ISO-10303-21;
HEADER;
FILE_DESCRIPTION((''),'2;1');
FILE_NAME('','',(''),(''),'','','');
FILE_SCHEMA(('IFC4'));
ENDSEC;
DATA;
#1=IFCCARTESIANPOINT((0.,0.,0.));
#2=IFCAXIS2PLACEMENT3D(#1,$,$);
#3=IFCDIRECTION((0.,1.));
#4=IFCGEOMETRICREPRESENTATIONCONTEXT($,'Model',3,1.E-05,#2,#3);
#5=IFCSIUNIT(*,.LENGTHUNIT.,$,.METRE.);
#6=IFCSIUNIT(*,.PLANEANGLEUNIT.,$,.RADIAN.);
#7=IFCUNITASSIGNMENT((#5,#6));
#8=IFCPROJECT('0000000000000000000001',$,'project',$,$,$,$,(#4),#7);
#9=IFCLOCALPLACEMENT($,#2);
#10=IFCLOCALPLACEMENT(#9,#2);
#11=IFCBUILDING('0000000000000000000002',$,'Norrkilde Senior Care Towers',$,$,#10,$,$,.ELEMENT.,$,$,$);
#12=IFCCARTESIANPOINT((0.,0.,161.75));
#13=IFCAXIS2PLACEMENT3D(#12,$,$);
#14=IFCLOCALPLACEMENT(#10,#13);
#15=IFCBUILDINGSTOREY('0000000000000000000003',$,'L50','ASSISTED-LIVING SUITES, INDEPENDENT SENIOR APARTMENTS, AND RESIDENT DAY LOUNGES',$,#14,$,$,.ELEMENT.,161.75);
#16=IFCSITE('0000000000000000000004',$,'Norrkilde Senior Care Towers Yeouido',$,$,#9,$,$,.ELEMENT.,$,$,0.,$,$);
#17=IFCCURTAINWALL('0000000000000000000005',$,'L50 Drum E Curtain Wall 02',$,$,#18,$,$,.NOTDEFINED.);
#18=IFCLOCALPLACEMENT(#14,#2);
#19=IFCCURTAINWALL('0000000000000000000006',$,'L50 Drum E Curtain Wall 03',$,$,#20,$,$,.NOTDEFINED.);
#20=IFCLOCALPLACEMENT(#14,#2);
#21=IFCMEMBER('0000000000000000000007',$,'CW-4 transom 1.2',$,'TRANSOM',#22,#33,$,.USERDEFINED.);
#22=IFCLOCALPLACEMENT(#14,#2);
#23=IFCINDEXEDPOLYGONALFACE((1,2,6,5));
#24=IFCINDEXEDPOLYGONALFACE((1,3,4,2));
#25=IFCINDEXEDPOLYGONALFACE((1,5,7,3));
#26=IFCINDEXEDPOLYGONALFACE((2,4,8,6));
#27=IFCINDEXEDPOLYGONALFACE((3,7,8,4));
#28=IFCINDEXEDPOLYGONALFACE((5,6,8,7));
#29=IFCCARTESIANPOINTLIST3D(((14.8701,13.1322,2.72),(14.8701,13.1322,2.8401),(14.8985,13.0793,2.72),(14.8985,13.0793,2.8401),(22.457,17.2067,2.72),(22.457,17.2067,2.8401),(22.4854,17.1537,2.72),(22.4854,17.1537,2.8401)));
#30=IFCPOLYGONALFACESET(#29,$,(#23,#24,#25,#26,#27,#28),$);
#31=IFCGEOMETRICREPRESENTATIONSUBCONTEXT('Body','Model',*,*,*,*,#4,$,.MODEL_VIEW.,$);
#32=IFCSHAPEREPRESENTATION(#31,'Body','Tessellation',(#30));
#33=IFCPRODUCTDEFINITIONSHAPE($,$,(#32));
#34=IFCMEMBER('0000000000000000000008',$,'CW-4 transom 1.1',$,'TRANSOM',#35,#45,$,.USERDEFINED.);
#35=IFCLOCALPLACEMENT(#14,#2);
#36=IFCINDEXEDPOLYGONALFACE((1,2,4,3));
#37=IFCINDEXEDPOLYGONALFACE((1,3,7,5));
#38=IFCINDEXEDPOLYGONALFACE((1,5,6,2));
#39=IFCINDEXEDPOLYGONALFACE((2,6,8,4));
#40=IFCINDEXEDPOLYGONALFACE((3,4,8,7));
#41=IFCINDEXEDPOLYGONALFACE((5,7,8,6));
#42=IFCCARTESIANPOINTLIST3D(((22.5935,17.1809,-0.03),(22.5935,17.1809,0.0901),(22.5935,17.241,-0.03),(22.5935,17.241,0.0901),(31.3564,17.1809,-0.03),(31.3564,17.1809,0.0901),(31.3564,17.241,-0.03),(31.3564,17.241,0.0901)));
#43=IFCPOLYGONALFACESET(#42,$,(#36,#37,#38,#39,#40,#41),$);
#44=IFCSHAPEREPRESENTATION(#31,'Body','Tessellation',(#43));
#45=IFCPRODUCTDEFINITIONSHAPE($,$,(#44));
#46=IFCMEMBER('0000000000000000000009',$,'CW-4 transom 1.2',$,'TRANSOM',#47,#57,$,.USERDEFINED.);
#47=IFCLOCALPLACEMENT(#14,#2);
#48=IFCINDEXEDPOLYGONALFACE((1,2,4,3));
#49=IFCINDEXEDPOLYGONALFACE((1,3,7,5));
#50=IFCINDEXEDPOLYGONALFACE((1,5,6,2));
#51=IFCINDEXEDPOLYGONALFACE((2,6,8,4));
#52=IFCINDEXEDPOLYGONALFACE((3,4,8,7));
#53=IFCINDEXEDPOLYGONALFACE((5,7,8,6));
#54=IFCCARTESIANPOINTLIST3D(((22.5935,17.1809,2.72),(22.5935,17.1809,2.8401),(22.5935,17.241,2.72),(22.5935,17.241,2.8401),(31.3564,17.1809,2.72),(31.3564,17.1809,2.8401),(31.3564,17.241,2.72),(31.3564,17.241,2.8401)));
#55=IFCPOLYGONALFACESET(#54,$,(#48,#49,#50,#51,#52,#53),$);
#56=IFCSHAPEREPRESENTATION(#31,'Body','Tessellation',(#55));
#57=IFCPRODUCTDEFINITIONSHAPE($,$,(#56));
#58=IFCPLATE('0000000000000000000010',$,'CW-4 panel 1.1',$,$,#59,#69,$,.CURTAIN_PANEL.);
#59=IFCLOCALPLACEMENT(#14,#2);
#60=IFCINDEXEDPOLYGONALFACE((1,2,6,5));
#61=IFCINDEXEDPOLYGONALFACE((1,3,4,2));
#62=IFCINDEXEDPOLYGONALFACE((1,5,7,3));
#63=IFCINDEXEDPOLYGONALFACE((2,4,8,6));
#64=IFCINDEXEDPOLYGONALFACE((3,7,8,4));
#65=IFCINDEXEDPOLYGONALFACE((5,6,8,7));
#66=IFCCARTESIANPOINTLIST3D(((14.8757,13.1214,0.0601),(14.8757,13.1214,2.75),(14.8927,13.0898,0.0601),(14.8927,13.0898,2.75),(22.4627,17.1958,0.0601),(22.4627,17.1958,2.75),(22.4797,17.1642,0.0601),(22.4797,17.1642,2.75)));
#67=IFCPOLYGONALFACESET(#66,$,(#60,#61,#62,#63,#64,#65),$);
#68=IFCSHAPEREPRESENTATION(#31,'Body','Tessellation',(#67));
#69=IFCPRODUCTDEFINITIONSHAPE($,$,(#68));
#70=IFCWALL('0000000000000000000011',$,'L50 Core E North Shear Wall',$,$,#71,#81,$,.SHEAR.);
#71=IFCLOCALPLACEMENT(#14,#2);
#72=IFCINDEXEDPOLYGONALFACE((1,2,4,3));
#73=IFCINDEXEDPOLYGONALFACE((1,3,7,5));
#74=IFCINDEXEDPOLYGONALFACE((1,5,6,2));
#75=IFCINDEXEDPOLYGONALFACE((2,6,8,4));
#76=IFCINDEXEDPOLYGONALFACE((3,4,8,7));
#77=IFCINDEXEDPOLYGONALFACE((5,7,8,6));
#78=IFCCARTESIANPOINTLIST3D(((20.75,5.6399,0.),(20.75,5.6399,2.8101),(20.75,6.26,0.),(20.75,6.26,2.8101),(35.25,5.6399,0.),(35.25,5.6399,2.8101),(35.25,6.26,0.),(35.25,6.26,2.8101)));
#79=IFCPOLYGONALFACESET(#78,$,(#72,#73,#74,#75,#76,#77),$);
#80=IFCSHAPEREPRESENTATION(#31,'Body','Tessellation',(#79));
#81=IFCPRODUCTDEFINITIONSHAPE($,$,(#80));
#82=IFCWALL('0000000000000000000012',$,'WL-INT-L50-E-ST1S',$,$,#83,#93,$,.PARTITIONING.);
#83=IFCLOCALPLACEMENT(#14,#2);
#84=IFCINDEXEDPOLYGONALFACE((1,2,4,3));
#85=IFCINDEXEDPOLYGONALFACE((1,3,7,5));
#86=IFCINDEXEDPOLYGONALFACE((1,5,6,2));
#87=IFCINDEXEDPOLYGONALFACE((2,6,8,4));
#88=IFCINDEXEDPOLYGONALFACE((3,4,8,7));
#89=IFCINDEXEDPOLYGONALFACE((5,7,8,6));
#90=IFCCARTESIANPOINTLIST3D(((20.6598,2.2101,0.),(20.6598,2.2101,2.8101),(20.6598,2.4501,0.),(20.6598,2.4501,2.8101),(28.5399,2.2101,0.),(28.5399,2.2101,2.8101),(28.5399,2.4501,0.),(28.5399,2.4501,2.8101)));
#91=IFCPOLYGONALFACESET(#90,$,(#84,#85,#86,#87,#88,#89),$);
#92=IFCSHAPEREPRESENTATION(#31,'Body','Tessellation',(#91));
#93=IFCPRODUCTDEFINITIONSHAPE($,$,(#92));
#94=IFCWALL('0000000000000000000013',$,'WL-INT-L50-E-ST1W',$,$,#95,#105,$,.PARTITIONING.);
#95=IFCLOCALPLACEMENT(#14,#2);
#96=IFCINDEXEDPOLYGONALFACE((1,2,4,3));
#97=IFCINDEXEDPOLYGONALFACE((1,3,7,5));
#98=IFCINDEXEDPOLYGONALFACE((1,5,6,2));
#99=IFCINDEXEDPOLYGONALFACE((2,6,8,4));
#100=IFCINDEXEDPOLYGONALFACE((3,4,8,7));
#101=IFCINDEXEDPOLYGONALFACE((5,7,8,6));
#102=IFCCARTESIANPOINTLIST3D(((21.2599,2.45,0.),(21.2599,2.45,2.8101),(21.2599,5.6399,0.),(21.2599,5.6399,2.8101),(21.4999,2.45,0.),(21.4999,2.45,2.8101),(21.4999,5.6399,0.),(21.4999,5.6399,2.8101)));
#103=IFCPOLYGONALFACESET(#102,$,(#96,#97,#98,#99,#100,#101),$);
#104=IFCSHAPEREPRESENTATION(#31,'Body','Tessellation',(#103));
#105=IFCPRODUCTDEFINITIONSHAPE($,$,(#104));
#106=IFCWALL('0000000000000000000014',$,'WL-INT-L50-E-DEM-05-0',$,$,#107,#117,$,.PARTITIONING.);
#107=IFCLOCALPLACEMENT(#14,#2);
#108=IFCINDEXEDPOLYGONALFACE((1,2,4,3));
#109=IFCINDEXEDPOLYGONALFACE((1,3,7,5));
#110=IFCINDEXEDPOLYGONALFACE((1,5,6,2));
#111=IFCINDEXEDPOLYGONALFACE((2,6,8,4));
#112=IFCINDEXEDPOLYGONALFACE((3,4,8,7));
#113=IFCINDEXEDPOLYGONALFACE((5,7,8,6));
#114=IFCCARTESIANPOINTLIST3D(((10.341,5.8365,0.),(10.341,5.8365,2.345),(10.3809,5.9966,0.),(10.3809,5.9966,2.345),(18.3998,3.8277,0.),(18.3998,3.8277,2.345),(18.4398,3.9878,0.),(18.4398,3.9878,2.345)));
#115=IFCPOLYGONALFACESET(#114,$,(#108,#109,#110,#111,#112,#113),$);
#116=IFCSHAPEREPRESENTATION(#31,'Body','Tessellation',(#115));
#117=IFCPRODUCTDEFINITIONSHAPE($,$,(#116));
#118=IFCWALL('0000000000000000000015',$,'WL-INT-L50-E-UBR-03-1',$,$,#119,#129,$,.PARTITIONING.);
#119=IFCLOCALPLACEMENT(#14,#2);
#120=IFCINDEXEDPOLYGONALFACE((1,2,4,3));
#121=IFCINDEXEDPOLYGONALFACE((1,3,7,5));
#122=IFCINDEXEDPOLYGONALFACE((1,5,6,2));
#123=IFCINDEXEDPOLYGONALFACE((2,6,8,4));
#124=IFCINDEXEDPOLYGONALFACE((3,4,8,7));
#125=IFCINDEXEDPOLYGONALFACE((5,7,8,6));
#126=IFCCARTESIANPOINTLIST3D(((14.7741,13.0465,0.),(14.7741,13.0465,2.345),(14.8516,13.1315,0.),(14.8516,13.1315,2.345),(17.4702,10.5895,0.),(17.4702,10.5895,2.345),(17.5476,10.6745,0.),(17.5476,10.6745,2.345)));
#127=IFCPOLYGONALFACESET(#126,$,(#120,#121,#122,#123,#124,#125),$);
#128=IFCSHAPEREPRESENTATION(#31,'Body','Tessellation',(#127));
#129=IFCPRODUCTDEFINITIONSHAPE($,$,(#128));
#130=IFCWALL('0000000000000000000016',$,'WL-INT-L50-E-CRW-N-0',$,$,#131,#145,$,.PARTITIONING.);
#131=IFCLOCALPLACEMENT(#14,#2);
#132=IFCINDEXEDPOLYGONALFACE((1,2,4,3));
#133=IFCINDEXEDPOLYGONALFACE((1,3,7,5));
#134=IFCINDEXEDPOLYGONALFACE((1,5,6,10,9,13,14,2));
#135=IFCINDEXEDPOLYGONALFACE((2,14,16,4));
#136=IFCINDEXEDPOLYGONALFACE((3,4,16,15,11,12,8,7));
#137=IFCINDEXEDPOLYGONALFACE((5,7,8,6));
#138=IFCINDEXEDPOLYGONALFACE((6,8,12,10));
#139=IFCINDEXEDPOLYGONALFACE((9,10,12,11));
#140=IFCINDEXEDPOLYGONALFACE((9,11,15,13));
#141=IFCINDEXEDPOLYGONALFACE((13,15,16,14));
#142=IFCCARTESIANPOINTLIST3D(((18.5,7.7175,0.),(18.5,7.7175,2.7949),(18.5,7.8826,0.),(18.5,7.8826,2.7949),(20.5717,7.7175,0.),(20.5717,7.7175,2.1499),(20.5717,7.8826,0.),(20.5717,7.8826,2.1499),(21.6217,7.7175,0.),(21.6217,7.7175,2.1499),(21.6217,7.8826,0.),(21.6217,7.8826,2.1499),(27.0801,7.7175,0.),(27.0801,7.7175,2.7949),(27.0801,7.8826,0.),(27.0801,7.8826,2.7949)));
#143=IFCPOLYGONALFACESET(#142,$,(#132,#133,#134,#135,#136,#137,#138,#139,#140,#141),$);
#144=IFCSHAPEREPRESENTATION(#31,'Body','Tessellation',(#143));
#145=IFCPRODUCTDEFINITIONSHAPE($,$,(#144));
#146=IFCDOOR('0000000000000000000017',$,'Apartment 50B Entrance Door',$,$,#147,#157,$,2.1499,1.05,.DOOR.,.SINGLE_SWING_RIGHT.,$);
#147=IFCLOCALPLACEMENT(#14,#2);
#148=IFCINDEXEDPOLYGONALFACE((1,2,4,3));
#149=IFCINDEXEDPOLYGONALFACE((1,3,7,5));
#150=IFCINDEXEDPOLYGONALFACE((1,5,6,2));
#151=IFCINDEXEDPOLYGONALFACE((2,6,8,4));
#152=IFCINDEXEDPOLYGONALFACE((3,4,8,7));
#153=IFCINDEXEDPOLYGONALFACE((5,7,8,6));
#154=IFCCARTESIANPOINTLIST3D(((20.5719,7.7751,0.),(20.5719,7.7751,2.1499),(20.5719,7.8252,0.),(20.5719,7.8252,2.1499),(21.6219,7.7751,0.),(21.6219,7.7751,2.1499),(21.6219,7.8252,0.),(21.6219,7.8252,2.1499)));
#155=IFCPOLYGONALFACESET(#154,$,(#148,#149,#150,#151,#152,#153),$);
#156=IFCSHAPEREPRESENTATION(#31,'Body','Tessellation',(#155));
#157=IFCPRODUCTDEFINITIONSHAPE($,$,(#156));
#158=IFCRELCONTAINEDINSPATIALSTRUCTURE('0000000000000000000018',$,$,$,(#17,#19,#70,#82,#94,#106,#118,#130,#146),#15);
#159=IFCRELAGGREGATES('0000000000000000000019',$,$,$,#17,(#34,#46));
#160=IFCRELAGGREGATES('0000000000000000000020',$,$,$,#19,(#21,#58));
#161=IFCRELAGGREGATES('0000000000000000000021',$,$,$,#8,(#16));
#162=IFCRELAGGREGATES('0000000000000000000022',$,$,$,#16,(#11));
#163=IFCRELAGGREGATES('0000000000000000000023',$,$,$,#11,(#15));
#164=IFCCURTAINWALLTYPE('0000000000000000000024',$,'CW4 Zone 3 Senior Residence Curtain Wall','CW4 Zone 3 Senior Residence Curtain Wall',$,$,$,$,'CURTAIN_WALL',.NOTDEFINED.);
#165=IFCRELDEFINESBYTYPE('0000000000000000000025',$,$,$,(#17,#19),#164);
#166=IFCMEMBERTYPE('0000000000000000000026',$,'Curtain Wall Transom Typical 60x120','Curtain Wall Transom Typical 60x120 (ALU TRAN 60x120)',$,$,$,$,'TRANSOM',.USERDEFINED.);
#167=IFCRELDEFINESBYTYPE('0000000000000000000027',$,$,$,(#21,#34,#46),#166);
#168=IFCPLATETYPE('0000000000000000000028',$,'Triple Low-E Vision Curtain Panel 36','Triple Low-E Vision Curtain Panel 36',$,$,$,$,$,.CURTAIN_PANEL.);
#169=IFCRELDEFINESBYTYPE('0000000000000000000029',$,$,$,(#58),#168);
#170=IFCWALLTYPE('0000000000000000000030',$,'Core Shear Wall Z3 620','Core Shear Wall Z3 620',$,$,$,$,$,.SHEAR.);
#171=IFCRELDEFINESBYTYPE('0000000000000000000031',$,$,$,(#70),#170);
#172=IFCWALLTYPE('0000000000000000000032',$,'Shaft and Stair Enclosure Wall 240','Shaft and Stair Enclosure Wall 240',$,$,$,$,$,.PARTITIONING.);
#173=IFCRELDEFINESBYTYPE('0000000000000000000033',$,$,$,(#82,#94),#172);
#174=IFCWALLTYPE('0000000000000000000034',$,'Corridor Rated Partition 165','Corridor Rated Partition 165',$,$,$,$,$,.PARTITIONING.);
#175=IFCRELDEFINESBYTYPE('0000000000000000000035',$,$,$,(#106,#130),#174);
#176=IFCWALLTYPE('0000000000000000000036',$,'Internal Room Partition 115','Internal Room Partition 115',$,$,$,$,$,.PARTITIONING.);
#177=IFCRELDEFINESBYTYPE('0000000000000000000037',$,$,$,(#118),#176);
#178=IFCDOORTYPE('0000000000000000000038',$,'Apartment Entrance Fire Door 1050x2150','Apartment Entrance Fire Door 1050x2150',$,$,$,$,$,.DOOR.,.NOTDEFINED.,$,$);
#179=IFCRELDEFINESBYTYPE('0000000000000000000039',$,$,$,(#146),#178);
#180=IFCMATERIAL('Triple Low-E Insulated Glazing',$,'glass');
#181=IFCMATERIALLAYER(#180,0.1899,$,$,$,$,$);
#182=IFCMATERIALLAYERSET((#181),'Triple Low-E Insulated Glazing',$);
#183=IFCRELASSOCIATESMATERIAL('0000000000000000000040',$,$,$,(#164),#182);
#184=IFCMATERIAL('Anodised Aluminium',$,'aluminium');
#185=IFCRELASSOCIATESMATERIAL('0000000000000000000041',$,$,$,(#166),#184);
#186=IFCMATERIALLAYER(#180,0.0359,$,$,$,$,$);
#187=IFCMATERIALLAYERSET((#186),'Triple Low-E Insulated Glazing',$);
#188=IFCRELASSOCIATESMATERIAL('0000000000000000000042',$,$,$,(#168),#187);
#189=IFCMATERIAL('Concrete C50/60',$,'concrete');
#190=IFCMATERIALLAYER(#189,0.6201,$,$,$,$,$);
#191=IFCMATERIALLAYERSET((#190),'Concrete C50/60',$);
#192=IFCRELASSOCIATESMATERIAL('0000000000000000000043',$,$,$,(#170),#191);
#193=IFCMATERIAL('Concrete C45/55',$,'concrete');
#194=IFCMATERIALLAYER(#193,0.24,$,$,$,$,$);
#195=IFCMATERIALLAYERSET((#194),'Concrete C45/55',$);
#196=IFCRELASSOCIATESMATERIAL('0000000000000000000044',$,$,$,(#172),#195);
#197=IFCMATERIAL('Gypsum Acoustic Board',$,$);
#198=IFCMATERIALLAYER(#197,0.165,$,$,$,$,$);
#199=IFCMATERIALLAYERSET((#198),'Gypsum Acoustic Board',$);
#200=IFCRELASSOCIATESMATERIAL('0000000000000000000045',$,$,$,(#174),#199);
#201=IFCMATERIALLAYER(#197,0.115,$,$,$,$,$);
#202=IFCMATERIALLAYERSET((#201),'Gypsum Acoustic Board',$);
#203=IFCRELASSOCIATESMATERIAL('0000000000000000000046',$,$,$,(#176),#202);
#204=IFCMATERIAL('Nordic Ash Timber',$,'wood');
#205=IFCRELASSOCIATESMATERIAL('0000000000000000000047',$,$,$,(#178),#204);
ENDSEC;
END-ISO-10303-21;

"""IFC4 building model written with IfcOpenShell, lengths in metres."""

from ifc_helpers import new_model, si_unit, direction, frame, frame_2d, origin, origin_2d, place, context, subcontext, project, spatial, rectangle, extrude, source, transform, mapped, material, layer, layer_set, material_profile, profile_set, type_object, type_shapes, element, fill, aggregate, save


model = new_model("IFC4")

# Units and contexts
model_context = context("Model", 3, precision=1e-05, world=origin(), true_north=direction((0.0, 1.0)))
body_context = subcontext(model_context, "Body", "Model", "MODEL_VIEW")
ifc_project = project(units=[si_unit("LENGTHUNIT", "METRE"), si_unit("PLANEANGLEUNIT", "RADIAN")], contexts=[model_context])

# Site, building, storey
site_placement = place(None, origin())
site = spatial("IfcSite", under=ifc_project, at=site_placement, Name="Norrkilde Senior Care Towers Yeouido", CompositionType="ELEMENT", RefElevation=0.0)
building_placement = place(site_placement, origin())
building = spatial("IfcBuilding", under=site, at=building_placement, Name="Norrkilde Senior Care Towers", CompositionType="ELEMENT")
storey_placement = place(building_placement, frame((0.0, 0.0, 161.75)))
storey = spatial("IfcBuildingStorey", under=building, at=storey_placement, Name="L50", Description="ASSISTED-LIVING SUITES, INDEPENDENT SENIOR APARTMENTS, AND RESIDENT DAY LOUNGES", CompositionType="ELEMENT", Elevation=161.75)

# Shared definitions
ifc_material_1 = material(Name="Concrete C50/60", Category="concrete")

# Curtain wall
ifc_material_2 = material(Name="Triple Low-E Insulated Glazing", Category="glass")
ifc_layer_1 = layer(ifc_material_2, 0.1899)
ifc_layer_set_1 = layer_set([ifc_layer_1], Name="Triple Low-E Insulated Glazing")
curtain_wall_type = type_object("IfcCurtainWallType", Name="CW4 Zone 3 Senior Residence Curtain Wall", Description="CW4 Zone 3 Senior Residence Curtain Wall", ElementType="CURTAIN_WALL", PredefinedType="NOTDEFINED", material=ifc_layer_set_1)
curtain_wall_1_placement = place(storey_placement, origin())
curtain_wall_1 = element("IfcCurtainWall", 1, at=curtain_wall_1_placement, inside=storey, type_object=curtain_wall_type, Name="L50 Drum E Curtain Wall 02", PredefinedType="NOTDEFINED")
ifc_material_3 = material(Name="Anodised Aluminium", Category="aluminium")

# Curtain wall, member
curtain_wall_2_placement = place(storey_placement, origin())
curtain_wall_2 = element("IfcCurtainWall", 2, at=curtain_wall_2_placement, inside=storey, type_object=curtain_wall_type, Name="L50 Drum E Curtain Wall 03", PredefinedType="NOTDEFINED")
ifc_material_profile_1 = material_profile(ifc_material_3, rectangle(XDim=0.0601, YDim=0.1201, at=origin_2d()), Name="ALU TRAN 60x120")
ifc_profile_set_1 = profile_set([ifc_material_profile_1], Name="Anodised Aluminium")
member_type_1 = type_object("IfcMemberType", Name="Curtain Wall Transom Typical 60x120", Description="Curtain Wall Transom Typical 60x120 (ALU TRAN 60x120)", ElementType="TRANSOM", PredefinedType="USERDEFINED", material=ifc_profile_set_1)
shared_shape_1 = source(origin(), body_context, "Body", "SweptSolid", [
    extrude(rectangle(XDim=0.0601, YDim=0.1201, at=origin_2d()), origin(), (0.0, 0.0, 1.0), 8.6118),
])
member_1_placement = place(storey_placement, frame((14.8843, 13.1057, 2.78), z_axis=(0.880994, 0.473127, 0.0), x_axis=(-0.473127, 0.880994, 0.0)))
member_1 = element("IfcMember", 3, at=member_1_placement, type_object=member_type_1, Name="CW-4 transom 1.2", ObjectType="TRANSOM", PredefinedType="USERDEFINED", context=body_context, shape_type="MappedRepresentation", body=[
    mapped(shared_shape_1, transform((0.0, 0.0, 0.0), x_axis=(1.0, 0.0, 0.0), y_axis=(0.0, 1.0, 0.0), z_axis=(0.0, 0.0, 1.0), scale=1.0)),
])

# Members
shared_shape_2 = source(origin(), body_context, "Body", "SweptSolid", [
    extrude(rectangle(XDim=0.0601, YDim=0.1201, at=origin_2d()), origin(), (0.0, 0.0, 1.0), 8.7629),
])
type_shapes(member_type_1, [shared_shape_1, shared_shape_2])
member_2_placement = place(storey_placement, frame((22.5935, 17.2109, 0.03), z_axis=(1.0, 0.0, 0.0), x_axis=(0.0, 1.0, 0.0)))
member_2 = element("IfcMember", 4, at=member_2_placement, type_object=member_type_1, Name="CW-4 transom 1.1", ObjectType="TRANSOM", PredefinedType="USERDEFINED", context=body_context, shape_type="MappedRepresentation", body=[
    mapped(shared_shape_2, transform((0.0, 0.0, 0.0), x_axis=(1.0, 0.0, 0.0), y_axis=(0.0, 1.0, 0.0), z_axis=(0.0, 0.0, 1.0), scale=1.0)),
])
member_3_placement = place(storey_placement, frame((22.5935, 17.2109, 2.78), z_axis=(1.0, 0.0, 0.0), x_axis=(0.0, 1.0, 0.0)))
member_3 = element("IfcMember", 5, at=member_3_placement, type_object=member_type_1, Name="CW-4 transom 1.2", ObjectType="TRANSOM", PredefinedType="USERDEFINED", context=body_context, shape_type="MappedRepresentation", body=[
    mapped(shared_shape_2, transform((0.0, 0.0, 0.0), x_axis=(1.0, 0.0, 0.0), y_axis=(0.0, 1.0, 0.0), z_axis=(0.0, 0.0, 1.0), scale=1.0)),
])
aggregate(curtain_wall_1, [member_2, member_3])

# Plate
ifc_layer_2 = layer(ifc_material_2, 0.0359)
ifc_layer_set_2 = layer_set([ifc_layer_2], Name="Triple Low-E Insulated Glazing")
plate_type = type_object("IfcPlateType", Name="Triple Low-E Vision Curtain Panel 36", Description="Triple Low-E Vision Curtain Panel 36", PredefinedType="CURTAIN_PANEL", material=ifc_layer_set_2)
shared_shape_3 = source(origin(), body_context, "Body", "SweptSolid", [
    extrude(rectangle(XDim=8.6118, YDim=0.0359, at=origin_2d()), origin(), (0.0, 0.0, 1.0), 2.6899),
])
type_shapes(plate_type, [shared_shape_3])
plate_placement = place(storey_placement, frame((18.6777, 15.1428, 0.0601), z_axis=(0.0, 0.0, 1.0), x_axis=(0.881, 0.473117, 0.0)))
plate = element("IfcPlate", 6, at=plate_placement, type_object=plate_type, Name="CW-4 panel 1.1", PredefinedType="CURTAIN_PANEL", context=body_context, shape_type="MappedRepresentation", body=[
    mapped(shared_shape_3, transform((0.0, 0.0, 0.0), x_axis=(1.0, 0.0, 0.0), y_axis=(0.0, 1.0, 0.0), z_axis=(0.0, 0.0, 1.0), scale=1.0)),
])
aggregate(curtain_wall_2, [member_1, plate])

# Walls
ifc_layer_3 = layer(ifc_material_1, 0.6201)
ifc_layer_set_3 = layer_set([ifc_layer_3], Name="Concrete C50/60")
wall_type_1 = type_object("IfcWallType", Name="Core Shear Wall Z3 620", Description="Core Shear Wall Z3 620", PredefinedType="SHEAR", material=ifc_layer_set_3)
shared_shape_4 = source(origin(), body_context, "Body", "SweptSolid", [
    extrude(rectangle(XDim=14.5, YDim=0.6201, at=frame_2d((7.25, 0.0))), origin(), (0.0, 0.0, 1.0), 2.8101),
])
type_shapes(wall_type_1, [shared_shape_4])
wall_1_placement = place(storey_placement, frame((20.75, 5.95, 0.0), z_axis=(0.0, 0.0, 1.0), x_axis=(1.0, 0.0, 0.0)))
element("IfcWall", 7, at=wall_1_placement, inside=storey, type_object=wall_type_1, Name="L50 Core E North Shear Wall", PredefinedType="SHEAR", context=body_context, shape_type="MappedRepresentation", body=[
    mapped(shared_shape_4, transform((0.0, 0.0, 0.0), x_axis=(1.0, 0.0, 0.0), y_axis=(0.0, 1.0, 0.0), z_axis=(0.0, 0.0, 1.0), scale=1.0)),
])
ifc_material_4 = material(Name="Concrete C45/55", Category="concrete")
ifc_layer_4 = layer(ifc_material_4, 0.24)
ifc_layer_set_4 = layer_set([ifc_layer_4], Name="Concrete C45/55")
wall_type_2 = type_object("IfcWallType", Name="Shaft and Stair Enclosure Wall 240", Description="Shaft and Stair Enclosure Wall 240", PredefinedType="PARTITIONING", material=ifc_layer_set_4)
shared_shape_5 = source(origin(), body_context, "Body", "SweptSolid", [
    extrude(rectangle(XDim=7.8801, YDim=0.24, at=frame_2d((3.9399, 0.0))), origin(), (0.0, 0.0, 1.0), 2.8101),
])
wall_2_placement = place(storey_placement, frame((20.6599, 2.3301, 0.0), z_axis=(0.0, 0.0, 1.0), x_axis=(1.0, 0.0, 0.0)))
element("IfcWall", 8, at=wall_2_placement, inside=storey, type_object=wall_type_2, Name="WL-INT-L50-E-ST1S", PredefinedType="PARTITIONING", context=body_context, shape_type="MappedRepresentation", body=[
    mapped(shared_shape_5, transform((0.0, 0.0, 0.0), x_axis=(1.0, 0.0, 0.0), y_axis=(0.0, 1.0, 0.0), z_axis=(0.0, 0.0, 1.0), scale=1.0)),
])
shared_shape_6 = source(origin(), body_context, "Body", "SweptSolid", [
    extrude(rectangle(XDim=3.1899, YDim=0.24, at=frame_2d((1.595, 0.0))), origin(), (0.0, 0.0, 1.0), 2.8101),
])
type_shapes(wall_type_2, [shared_shape_5, shared_shape_6])
wall_3_placement = place(storey_placement, frame((21.3799, 2.45, 0.0), z_axis=(0.0, 0.0, 1.0), x_axis=(0.0, 1.0, 0.0)))
element("IfcWall", 9, at=wall_3_placement, inside=storey, type_object=wall_type_2, Name="WL-INT-L50-E-ST1W", PredefinedType="PARTITIONING", context=body_context, shape_type="MappedRepresentation", body=[
    mapped(shared_shape_6, transform((0.0, 0.0, 0.0), x_axis=(1.0, 0.0, 0.0), y_axis=(0.0, 1.0, 0.0), z_axis=(0.0, 0.0, 1.0), scale=1.0)),
])
ifc_material_5 = material(Name="Gypsum Acoustic Board")
ifc_layer_5 = layer(ifc_material_5, 0.165)
ifc_layer_set_5 = layer_set([ifc_layer_5], Name="Gypsum Acoustic Board")
wall_type_3 = type_object("IfcWallType", Name="Corridor Rated Partition 165", Description="Corridor Rated Partition 165", PredefinedType="PARTITIONING", material=ifc_layer_set_5)
shared_shape_7 = source(origin(), body_context, "Body", "SweptSolid", [
    extrude(rectangle(XDim=8.3054, YDim=0.165, at=frame_2d((4.1528, 0.0))), origin(), (0.0, 0.0, 1.0), 2.345),
])
wall_4_placement = place(storey_placement, frame((18.4199, 3.9077, 0.0), z_axis=(0.0, 0.0, 1.0), x_axis=(-0.97031, 0.241865, 0.0)))
element("IfcWall", 10, at=wall_4_placement, inside=storey, type_object=wall_type_3, Name="WL-INT-L50-E-DEM-05-0", PredefinedType="PARTITIONING", context=body_context, shape_type="MappedRepresentation", body=[
    mapped(shared_shape_7, transform((0.0, 0.0, 0.0), x_axis=(1.0, 0.0, 0.0), y_axis=(0.0, 1.0, 0.0), z_axis=(0.0, 0.0, 1.0), scale=1.0)),
])
ifc_layer_6 = layer(ifc_material_5, 0.115)
ifc_layer_set_6 = layer_set([ifc_layer_6], Name="Gypsum Acoustic Board")
wall_type_4 = type_object("IfcWallType", Name="Internal Room Partition 115", Description="Internal Room Partition 115", PredefinedType="PARTITIONING", material=ifc_layer_set_6)
shared_shape_8 = source(origin(), body_context, "Body", "SweptSolid", [
    extrude(rectangle(XDim=3.6477, YDim=0.115, at=frame_2d((1.8237, 0.0))), origin(), (0.0, 0.0, 1.0), 2.345),
])
wall_5_placement = place(storey_placement, frame((17.5088, 10.6321, 0.0), z_axis=(0.0, 0.0, 1.0), x_axis=(-0.73911, 0.673585, 0.0)))
element("IfcWall", 11, at=wall_5_placement, inside=storey, type_object=wall_type_4, Name="WL-INT-L50-E-UBR-03-1", PredefinedType="PARTITIONING", context=body_context, shape_type="MappedRepresentation", body=[
    mapped(shared_shape_8, transform((0.0, 0.0, 0.0), x_axis=(1.0, 0.0, 0.0), y_axis=(0.0, 1.0, 0.0), z_axis=(0.0, 0.0, 1.0), scale=1.0)),
])

# Wall, opening, door
shared_shape_9 = source(origin(), body_context, "Body", "SweptSolid", [
    extrude(rectangle(XDim=8.5801, YDim=0.165, at=frame_2d((4.29, 0.0))), origin(), (0.0, 0.0, 1.0), 2.7949),
])
wall_6_placement = place(storey_placement, frame((18.5, 7.8, 0.0), z_axis=(0.0, 0.0, 1.0), x_axis=(1.0, 0.0, 0.0)))
wall_6 = element("IfcWall", 12, at=wall_6_placement, inside=storey, type_object=wall_type_3, Name="WL-INT-L50-E-CRW-N-0", PredefinedType="PARTITIONING", context=body_context, shape_type="MappedRepresentation", body=[
    mapped(shared_shape_9, transform((0.0, 0.0, 0.0), x_axis=(1.0, 0.0, 0.0), y_axis=(0.0, 1.0, 0.0), z_axis=(0.0, 0.0, 1.0), scale=1.0)),
])
opening_1_placement = place(wall_6_placement, frame((2.0718, 0.0, 0.0)))
opening_1 = element("IfcOpeningElement", 13, at=opening_1_placement, cuts=wall_6, PredefinedType="OPENING", context=body_context, shape_type="SweptSolid", body=[
    extrude(rectangle(XDim=1.05, YDim=2.1499, at=frame_2d((0.5249, 1.075))), frame((0.0, 0.0925, 0.0), z_axis=(0.0, -1.0, 0.0), x_axis=(1.0, 0.0, 0.0)), (0.0, 0.0, 1.0), 0.1851),
])
ifc_material_6 = material(Name="Nordic Ash Timber", Category="wood")
door_type_1 = type_object("IfcDoorType", Name="Apartment Entrance Fire Door 1050x2150", Description="Apartment Entrance Fire Door 1050x2150", OperationType="NOTDEFINED", PredefinedType="DOOR", material=ifc_material_6)
shared_shape_10 = source(origin(), body_context, "Body", "SweptSolid", [
    extrude(rectangle(XDim=1.05, YDim=2.1499, at=frame_2d((0.5249, 1.075))), frame((0.0, 0.0249, 0.0), z_axis=(0.0, -1.0, 0.0), x_axis=(1.0, 0.0, 0.0)), (0.0, 0.0, 1.0), 0.05),
])
type_shapes(door_type_1, [shared_shape_10])
door_1_placement = place(opening_1_placement, frame((1.05, 0.0, 0.0), z_axis=(0.0, 0.0, 1.0), x_axis=(-1.0, 0.0, 0.0)))
door_1 = element("IfcDoor", 14, at=door_1_placement, inside=storey, type_object=door_type_1, Name="Apartment 50B Entrance Door", OperationType="SINGLE_SWING_RIGHT", OverallHeight=2.1499, OverallWidth=1.05, PredefinedType="DOOR", context=body_context, shape_type="MappedRepresentation", body=[
    mapped(shared_shape_10, transform((0.0, 0.0, 0.0), x_axis=(1.0, 0.0, 0.0), y_axis=(0.0, 1.0, 0.0), z_axis=(0.0, 0.0, 1.0), scale=1.0)),
])
fill(opening_1, door_1)

save(model, "model.ifc")
